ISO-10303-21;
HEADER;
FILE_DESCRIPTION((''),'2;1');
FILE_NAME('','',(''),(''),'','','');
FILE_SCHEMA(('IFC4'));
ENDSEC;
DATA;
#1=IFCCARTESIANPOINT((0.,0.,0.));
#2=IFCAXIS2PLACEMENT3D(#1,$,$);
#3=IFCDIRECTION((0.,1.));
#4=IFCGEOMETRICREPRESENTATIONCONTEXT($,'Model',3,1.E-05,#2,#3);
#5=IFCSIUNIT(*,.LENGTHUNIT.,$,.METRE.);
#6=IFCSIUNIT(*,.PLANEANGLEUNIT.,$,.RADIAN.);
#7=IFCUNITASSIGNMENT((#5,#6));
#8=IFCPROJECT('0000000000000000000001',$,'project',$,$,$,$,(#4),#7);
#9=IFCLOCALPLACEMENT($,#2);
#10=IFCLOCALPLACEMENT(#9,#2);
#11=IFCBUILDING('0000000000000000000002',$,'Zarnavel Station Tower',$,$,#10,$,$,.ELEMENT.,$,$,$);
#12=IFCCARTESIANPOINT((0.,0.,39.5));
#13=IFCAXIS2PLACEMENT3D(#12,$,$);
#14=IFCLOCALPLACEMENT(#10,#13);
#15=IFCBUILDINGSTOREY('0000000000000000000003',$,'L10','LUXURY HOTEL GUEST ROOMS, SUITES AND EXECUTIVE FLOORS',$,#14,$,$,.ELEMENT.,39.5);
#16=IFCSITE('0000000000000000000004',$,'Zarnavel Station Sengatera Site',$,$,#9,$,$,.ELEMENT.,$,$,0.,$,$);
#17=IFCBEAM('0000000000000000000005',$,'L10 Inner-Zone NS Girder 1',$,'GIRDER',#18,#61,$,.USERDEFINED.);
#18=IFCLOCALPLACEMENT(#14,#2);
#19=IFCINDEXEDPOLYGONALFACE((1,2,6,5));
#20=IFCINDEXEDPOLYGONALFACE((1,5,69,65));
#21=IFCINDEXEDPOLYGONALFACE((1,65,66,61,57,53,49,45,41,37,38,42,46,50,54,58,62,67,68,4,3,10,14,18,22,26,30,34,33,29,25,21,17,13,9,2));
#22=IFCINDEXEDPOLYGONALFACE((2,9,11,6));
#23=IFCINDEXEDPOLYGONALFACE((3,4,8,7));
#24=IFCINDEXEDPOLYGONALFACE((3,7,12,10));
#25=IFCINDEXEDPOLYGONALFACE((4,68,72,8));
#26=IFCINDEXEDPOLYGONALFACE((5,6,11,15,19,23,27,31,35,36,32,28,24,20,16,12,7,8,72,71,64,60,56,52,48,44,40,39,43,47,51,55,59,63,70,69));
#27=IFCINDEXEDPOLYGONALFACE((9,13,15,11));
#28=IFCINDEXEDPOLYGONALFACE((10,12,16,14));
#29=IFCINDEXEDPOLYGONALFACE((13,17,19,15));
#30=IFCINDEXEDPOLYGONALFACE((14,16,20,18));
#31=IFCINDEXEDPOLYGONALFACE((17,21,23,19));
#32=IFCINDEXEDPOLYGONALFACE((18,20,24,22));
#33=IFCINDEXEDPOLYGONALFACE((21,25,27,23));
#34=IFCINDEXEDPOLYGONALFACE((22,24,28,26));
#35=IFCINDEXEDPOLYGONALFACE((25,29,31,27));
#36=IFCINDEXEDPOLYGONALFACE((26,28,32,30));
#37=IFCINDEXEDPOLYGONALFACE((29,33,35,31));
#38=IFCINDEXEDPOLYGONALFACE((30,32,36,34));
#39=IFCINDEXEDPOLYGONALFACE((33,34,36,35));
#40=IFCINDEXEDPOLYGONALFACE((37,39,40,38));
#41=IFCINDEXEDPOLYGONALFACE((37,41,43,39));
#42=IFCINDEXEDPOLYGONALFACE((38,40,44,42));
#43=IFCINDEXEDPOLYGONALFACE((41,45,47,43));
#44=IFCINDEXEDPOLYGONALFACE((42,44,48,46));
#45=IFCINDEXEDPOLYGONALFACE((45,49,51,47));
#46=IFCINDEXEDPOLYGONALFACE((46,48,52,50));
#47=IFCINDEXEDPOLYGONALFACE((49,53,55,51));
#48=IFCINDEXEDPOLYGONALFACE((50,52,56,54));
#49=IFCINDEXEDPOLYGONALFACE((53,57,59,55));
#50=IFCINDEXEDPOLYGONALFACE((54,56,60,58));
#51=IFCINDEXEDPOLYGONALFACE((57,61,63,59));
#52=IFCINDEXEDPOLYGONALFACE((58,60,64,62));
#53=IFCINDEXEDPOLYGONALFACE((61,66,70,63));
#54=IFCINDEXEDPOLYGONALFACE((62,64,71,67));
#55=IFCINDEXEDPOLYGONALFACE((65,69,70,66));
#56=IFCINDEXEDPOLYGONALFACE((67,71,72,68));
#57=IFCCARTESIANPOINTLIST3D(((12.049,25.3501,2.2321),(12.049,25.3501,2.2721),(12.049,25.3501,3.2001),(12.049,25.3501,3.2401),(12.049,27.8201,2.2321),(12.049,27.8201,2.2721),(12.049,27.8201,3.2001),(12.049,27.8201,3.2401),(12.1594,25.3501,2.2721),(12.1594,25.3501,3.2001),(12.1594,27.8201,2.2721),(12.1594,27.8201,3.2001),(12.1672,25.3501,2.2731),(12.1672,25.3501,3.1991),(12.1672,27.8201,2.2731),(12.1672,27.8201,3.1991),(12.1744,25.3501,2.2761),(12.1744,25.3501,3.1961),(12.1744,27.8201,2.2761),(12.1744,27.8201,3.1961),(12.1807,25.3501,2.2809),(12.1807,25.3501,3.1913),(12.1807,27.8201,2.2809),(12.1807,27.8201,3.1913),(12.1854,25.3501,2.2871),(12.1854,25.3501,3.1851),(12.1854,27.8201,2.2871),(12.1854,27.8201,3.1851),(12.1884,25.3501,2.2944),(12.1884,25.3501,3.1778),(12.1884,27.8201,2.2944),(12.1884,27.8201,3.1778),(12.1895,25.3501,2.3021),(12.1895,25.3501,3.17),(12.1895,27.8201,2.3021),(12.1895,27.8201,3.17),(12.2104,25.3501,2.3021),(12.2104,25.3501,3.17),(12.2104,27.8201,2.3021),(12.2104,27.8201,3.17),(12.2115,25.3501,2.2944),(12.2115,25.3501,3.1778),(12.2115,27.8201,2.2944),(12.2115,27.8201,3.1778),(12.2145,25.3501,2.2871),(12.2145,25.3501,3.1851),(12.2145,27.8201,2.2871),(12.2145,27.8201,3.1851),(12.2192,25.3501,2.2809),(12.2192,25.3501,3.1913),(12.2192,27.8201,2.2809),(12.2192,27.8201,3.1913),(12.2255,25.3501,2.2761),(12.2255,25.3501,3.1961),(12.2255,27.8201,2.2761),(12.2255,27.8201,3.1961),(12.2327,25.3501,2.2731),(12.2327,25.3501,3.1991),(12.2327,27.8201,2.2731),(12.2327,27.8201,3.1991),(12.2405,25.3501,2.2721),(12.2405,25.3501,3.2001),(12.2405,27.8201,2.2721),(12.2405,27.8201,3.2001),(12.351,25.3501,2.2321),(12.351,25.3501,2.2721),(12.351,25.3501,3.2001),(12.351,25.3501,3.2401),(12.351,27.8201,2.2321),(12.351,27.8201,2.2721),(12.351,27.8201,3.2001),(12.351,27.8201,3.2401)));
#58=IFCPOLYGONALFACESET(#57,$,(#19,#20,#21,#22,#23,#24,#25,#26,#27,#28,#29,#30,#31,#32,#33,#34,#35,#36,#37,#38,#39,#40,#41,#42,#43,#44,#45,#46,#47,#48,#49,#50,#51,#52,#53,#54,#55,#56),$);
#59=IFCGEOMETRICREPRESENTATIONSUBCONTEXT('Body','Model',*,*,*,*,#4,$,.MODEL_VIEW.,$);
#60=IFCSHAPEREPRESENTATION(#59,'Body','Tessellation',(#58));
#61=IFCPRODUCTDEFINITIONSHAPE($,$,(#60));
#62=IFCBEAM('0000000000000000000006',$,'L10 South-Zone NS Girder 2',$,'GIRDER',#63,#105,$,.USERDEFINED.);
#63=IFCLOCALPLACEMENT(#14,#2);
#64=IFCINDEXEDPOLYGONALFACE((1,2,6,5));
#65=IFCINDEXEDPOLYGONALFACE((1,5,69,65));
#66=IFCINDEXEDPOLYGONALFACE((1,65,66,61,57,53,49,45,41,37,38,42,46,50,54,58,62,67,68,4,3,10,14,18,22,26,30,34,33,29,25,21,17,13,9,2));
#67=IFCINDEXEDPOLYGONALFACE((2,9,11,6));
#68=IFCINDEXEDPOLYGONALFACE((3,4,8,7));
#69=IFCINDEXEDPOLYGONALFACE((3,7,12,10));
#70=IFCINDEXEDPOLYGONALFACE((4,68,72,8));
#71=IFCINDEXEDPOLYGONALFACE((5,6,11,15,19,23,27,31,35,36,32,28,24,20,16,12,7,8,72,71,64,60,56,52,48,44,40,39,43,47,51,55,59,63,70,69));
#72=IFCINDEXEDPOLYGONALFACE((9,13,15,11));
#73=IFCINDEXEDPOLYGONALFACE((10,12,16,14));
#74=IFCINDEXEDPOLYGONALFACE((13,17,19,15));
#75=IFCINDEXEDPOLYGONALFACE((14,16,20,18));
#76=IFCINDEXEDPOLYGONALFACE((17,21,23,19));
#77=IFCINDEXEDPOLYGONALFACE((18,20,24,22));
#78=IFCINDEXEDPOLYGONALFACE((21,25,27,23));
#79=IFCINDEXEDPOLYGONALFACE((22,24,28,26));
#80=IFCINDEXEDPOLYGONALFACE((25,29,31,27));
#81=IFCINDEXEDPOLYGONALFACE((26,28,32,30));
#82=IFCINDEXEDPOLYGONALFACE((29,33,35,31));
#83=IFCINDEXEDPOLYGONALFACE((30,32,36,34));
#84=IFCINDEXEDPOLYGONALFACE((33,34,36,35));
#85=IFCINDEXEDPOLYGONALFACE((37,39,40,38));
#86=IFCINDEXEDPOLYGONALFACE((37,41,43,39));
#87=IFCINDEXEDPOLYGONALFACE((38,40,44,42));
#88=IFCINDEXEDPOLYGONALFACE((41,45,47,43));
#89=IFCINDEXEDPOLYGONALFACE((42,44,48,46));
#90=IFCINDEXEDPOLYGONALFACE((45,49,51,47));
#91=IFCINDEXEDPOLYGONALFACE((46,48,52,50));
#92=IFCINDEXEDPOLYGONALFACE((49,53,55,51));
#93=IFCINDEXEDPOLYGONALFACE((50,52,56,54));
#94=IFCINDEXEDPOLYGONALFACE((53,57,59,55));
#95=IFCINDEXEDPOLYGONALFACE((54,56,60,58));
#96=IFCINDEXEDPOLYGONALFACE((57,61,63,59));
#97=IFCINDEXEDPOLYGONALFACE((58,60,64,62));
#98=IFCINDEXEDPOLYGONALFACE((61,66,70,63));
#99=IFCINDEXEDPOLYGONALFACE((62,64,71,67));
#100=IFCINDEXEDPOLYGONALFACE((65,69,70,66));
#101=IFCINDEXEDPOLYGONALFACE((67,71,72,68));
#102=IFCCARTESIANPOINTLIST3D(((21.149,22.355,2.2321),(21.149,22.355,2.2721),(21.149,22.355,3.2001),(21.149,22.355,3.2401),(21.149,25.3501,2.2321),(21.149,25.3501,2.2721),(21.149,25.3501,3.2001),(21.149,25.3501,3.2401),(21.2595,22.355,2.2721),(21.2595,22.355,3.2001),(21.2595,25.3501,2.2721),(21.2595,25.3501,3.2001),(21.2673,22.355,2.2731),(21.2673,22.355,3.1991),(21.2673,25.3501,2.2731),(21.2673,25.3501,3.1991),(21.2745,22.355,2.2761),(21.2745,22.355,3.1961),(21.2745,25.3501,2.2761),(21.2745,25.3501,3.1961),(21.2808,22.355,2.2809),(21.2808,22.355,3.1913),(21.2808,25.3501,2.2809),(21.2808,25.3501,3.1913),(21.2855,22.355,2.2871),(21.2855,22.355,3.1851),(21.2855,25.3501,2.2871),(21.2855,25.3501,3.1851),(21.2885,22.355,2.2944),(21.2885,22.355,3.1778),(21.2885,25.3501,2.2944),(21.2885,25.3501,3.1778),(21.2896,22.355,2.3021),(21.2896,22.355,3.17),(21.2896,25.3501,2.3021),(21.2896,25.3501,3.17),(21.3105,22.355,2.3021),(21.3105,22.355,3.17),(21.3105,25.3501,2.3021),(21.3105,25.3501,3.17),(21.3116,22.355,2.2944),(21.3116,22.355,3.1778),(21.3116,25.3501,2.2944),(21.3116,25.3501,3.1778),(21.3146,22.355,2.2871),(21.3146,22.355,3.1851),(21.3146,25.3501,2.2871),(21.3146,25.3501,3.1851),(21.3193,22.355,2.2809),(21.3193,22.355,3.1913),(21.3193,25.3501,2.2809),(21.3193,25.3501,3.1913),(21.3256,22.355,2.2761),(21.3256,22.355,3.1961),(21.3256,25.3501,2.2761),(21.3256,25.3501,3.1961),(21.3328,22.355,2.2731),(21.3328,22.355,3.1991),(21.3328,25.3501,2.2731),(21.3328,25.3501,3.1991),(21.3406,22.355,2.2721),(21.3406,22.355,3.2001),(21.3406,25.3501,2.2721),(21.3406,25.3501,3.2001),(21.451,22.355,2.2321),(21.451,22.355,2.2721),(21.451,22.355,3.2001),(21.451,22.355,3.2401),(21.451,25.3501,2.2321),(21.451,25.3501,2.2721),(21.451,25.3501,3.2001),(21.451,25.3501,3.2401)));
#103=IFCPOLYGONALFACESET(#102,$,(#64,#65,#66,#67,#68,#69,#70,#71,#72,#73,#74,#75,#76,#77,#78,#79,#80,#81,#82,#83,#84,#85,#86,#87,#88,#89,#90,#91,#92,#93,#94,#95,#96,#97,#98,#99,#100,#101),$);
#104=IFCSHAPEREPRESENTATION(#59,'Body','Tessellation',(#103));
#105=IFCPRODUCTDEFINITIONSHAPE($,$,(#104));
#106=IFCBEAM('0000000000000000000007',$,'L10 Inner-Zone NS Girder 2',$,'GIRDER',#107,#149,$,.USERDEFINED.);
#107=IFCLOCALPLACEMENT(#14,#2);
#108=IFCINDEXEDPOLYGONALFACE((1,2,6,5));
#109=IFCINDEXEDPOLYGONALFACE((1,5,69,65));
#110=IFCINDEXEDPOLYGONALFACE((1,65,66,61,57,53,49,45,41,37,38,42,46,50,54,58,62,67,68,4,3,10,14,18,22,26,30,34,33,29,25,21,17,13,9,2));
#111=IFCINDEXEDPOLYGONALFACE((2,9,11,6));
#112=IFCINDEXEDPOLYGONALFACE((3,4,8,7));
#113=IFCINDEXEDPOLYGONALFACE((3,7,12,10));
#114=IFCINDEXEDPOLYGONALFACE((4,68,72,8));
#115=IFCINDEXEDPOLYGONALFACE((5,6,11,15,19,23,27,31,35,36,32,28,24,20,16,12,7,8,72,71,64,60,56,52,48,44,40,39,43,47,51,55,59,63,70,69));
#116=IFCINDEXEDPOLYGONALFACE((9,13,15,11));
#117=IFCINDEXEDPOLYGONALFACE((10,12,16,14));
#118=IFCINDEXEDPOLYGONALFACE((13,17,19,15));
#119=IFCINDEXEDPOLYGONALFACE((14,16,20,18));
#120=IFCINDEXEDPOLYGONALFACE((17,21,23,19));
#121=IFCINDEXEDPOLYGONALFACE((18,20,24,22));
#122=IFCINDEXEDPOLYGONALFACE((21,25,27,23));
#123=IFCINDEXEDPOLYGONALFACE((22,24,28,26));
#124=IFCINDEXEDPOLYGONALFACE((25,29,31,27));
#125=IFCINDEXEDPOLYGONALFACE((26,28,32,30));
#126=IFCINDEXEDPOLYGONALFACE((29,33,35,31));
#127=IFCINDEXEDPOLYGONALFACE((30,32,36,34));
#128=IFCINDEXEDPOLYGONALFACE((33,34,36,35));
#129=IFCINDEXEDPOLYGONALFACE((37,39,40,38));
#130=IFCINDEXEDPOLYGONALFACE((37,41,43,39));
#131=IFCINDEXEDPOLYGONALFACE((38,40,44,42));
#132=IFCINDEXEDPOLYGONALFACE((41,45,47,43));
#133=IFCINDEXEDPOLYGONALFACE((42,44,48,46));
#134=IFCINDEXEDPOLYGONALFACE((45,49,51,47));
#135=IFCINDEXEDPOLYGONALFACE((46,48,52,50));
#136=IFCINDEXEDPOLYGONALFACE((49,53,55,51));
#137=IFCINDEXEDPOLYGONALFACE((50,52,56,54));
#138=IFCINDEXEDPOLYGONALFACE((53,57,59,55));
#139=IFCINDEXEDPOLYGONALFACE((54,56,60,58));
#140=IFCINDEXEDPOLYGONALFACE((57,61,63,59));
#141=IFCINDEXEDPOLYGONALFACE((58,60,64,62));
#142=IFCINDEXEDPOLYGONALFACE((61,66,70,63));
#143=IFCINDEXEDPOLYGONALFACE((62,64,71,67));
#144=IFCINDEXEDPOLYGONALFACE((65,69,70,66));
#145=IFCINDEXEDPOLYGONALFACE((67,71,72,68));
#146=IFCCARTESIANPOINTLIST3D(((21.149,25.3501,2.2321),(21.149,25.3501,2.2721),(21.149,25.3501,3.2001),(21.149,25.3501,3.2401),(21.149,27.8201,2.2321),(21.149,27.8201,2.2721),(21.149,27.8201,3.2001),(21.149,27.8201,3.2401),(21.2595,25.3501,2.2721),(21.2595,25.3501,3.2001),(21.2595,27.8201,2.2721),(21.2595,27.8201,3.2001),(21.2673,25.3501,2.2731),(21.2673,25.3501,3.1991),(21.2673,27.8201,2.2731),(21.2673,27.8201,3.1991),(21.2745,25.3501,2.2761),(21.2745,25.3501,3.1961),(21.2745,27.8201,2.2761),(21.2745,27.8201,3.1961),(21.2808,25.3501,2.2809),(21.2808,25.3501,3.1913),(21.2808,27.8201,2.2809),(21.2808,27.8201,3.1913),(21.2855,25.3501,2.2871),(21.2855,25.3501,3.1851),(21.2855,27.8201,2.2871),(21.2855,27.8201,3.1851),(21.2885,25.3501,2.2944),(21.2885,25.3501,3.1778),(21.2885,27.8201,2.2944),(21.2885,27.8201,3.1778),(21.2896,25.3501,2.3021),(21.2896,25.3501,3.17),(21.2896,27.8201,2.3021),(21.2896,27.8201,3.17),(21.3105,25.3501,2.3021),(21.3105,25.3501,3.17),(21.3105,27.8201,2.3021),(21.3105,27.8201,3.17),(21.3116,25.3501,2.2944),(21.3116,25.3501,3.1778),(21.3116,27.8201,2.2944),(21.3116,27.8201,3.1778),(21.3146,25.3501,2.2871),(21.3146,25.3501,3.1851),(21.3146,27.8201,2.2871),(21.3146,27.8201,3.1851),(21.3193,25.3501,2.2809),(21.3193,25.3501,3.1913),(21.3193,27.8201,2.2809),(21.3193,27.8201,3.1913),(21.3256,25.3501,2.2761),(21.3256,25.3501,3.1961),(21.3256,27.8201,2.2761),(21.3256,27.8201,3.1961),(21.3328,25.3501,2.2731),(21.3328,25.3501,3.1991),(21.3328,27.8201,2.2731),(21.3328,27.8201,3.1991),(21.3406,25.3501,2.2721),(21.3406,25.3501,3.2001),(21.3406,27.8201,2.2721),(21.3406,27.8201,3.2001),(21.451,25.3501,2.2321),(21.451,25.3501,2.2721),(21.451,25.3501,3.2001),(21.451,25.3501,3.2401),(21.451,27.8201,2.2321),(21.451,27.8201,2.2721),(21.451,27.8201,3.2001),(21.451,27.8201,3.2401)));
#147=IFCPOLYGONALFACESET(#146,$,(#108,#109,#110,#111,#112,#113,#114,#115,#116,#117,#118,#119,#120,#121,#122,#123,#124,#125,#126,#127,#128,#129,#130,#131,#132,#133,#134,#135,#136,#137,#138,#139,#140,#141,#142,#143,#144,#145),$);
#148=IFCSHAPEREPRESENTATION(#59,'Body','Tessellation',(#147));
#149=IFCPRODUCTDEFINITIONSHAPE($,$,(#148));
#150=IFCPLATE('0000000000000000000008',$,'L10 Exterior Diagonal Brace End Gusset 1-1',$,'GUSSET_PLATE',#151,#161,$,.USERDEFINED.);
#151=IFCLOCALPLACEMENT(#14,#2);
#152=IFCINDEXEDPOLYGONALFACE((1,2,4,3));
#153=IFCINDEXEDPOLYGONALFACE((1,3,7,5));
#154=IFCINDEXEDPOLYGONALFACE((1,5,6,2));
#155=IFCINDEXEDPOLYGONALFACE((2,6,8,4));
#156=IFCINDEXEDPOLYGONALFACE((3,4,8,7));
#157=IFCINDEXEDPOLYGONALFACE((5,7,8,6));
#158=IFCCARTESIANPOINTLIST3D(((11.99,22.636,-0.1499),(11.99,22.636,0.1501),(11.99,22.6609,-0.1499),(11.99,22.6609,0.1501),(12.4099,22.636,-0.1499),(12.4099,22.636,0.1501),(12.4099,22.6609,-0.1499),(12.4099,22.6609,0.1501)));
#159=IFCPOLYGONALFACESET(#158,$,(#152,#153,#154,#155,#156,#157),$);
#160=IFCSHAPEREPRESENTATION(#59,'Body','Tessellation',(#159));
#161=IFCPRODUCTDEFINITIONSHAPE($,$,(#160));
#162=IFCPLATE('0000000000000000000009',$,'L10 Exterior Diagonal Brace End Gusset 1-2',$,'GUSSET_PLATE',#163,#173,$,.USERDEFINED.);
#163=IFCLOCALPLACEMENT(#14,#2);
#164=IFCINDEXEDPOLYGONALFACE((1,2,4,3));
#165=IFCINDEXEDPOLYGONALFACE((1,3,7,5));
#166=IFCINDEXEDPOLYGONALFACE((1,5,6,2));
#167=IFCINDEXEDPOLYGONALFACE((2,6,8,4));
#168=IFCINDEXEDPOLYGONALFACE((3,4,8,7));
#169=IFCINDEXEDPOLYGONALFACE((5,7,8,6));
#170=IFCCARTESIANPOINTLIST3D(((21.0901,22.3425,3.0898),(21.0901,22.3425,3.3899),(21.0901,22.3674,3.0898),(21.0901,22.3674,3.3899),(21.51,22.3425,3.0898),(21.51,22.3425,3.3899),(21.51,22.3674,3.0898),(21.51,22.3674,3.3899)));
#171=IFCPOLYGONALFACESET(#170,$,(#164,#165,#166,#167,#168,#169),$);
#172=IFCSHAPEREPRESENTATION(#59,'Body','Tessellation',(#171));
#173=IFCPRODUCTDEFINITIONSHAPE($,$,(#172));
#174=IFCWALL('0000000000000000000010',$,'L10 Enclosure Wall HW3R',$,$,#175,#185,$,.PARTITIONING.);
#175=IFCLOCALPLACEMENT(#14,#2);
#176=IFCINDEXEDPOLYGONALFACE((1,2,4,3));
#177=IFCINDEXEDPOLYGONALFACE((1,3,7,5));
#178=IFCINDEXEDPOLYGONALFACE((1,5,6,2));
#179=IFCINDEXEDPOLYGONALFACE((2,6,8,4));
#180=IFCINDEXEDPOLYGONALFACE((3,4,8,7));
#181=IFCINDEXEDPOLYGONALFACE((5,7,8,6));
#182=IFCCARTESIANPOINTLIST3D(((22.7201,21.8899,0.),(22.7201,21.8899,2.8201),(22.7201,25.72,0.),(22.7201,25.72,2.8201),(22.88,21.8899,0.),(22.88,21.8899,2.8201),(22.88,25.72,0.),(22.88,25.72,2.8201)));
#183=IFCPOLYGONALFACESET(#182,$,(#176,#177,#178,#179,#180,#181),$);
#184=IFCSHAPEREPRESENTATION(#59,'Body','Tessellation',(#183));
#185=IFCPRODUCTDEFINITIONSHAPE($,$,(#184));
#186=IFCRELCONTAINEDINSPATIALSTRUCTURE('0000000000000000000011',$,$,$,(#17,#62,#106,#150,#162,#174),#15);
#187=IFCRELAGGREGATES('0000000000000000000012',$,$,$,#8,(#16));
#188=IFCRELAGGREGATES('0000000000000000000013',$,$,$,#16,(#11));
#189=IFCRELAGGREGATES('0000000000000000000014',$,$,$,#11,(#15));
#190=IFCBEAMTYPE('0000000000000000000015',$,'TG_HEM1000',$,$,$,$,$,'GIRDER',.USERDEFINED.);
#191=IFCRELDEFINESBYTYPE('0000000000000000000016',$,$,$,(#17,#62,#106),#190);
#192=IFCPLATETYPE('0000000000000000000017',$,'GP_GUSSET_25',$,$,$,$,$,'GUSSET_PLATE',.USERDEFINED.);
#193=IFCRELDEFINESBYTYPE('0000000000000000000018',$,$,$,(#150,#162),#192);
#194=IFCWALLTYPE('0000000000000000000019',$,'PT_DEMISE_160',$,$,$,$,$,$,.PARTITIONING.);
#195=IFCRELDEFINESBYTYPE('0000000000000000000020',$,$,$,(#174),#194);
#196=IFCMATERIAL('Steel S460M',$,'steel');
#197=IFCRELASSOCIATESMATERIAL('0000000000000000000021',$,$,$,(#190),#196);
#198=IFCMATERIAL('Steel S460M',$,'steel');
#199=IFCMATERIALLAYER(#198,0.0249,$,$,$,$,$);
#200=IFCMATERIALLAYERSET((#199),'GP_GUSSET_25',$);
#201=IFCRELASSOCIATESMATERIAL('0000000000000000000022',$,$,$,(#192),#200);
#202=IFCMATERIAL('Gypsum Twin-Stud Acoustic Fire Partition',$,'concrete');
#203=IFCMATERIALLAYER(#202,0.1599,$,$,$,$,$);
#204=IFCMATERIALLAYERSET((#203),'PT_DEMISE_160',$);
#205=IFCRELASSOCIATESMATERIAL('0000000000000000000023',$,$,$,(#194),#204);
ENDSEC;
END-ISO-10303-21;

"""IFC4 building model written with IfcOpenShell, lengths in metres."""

from ifc_helpers import new_model, si_unit, direction, frame, frame_2d, origin, origin_2d, place, context, subcontext, project, spatial, rectangle, i_section, extrude, material, layer, layer_set, material_profile, profile_set, type_object, element, save


model = new_model("IFC4")

# Units and contexts
model_context = context("Model", 3, precision=1e-05, world=origin(), true_north=direction((0.0, 1.0)))
body_context = subcontext(model_context, "Body", "Model", "MODEL_VIEW")
ifc_project = project(units=[si_unit("LENGTHUNIT", "METRE"), si_unit("PLANEANGLEUNIT", "RADIAN")], contexts=[model_context])

# Site, building, storey
site_placement = place(None, origin())
site = spatial("IfcSite", under=ifc_project, at=site_placement, Name="Zarnavel Station Sengatera Site", CompositionType="ELEMENT", RefElevation=0.0)
building_placement = place(site_placement, origin())
building = spatial("IfcBuilding", under=site, at=building_placement, Name="Zarnavel Station Tower", CompositionType="ELEMENT")
storey_placement = place(building_placement, frame((0.0, 0.0, 39.5)))
storey = spatial("IfcBuildingStorey", under=building, at=storey_placement, Name="L10", Description="LUXURY HOTEL GUEST ROOMS, SUITES AND EXECUTIVE FLOORS", CompositionType="ELEMENT", Elevation=39.5)

# Beams
ifc_material_1 = material(Name="Steel S460M", Category="steel")
ifc_material_profile_1 = material_profile(ifc_material_1, i_section(OverallWidth=0.302, OverallDepth=1.0081, WebThickness=0.021, FlangeThickness=0.04, FilletRadius=0.03, at=origin_2d()), Name="HEM1000")
ifc_profile_set_1 = profile_set([ifc_material_profile_1], Name="Steel S460M")
beam_type_1 = type_object("IfcBeamType", Name="TG_HEM1000", ElementType="GIRDER", PredefinedType="USERDEFINED", material=ifc_profile_set_1)
beam_1_placement = place(storey_placement, frame((12.2, 25.3501, 2.7361), z_axis=(0.0, 1.0, 0.0), x_axis=(-1.0, 0.0, 0.0)))
element("IfcBeam", 1, at=beam_1_placement, inside=storey, type_object=beam_type_1, Name="L10 Inner-Zone NS Girder 1", ObjectType="GIRDER", PredefinedType="USERDEFINED", context=body_context, shape_type="SweptSolid", body=[
    extrude(i_section(OverallWidth=0.302, OverallDepth=1.0081, WebThickness=0.021, FlangeThickness=0.04, FilletRadius=0.03, at=origin_2d()), origin(), (0.0, 0.0, 1.0), 2.47),
])
beam_2_placement = place(storey_placement, frame((21.3, 22.355, 2.7361), z_axis=(0.0, 1.0, 0.0), x_axis=(-1.0, 0.0, 0.0)))
element("IfcBeam", 2, at=beam_2_placement, inside=storey, type_object=beam_type_1, Name="L10 South-Zone NS Girder 2", ObjectType="GIRDER", PredefinedType="USERDEFINED", context=body_context, shape_type="SweptSolid", body=[
    extrude(i_section(OverallWidth=0.302, OverallDepth=1.0081, WebThickness=0.021, FlangeThickness=0.04, FilletRadius=0.03, at=origin_2d()), origin(), (0.0, 0.0, 1.0), 2.9951),
])
beam_3_placement = place(storey_placement, frame((21.3, 25.3501, 2.7361), z_axis=(0.0, 1.0, 0.0), x_axis=(-1.0, 0.0, 0.0)))
element("IfcBeam", 3, at=beam_3_placement, inside=storey, type_object=beam_type_1, Name="L10 Inner-Zone NS Girder 2", ObjectType="GIRDER", PredefinedType="USERDEFINED", context=body_context, shape_type="SweptSolid", body=[
    extrude(i_section(OverallWidth=0.302, OverallDepth=1.0081, WebThickness=0.021, FlangeThickness=0.04, FilletRadius=0.03, at=origin_2d()), origin(), (0.0, 0.0, 1.0), 2.47),
])

# Plates
ifc_material_2 = material(Name="Steel S460M", Category="steel")
ifc_layer_1 = layer(ifc_material_2, 0.0249)
ifc_layer_set_1 = layer_set([ifc_layer_1], Name="GP_GUSSET_25")
plate_type = type_object("IfcPlateType", Name="GP_GUSSET_25", ElementType="GUSSET_PLATE", PredefinedType="USERDEFINED", material=ifc_layer_set_1)
for number, where, z_axis, x_axis, name in (
    (4, (12.2, 22.6484, -0.1499), (0.0, 0.0, 1.0), (1.0, 0.0, 0.0), "L10 Exterior Diagonal Brace End Gusset 1-1"),
    (5, (21.3, 22.355, 3.0898), (0.0, 0.0, 1.0), (1.0, 0.0, 0.0), "L10 Exterior Diagonal Brace End Gusset 1-2"),
):
    element("IfcPlate", number, at=place(storey_placement, frame(where, z_axis=z_axis, x_axis=x_axis)), inside=storey, type_object=plate_type, Name=name, ObjectType="GUSSET_PLATE", PredefinedType="USERDEFINED", context=body_context, shape_type="SweptSolid", body=[
        extrude(rectangle(XDim=0.4199, YDim=0.0249, at=origin_2d()), origin(), (0.0, 0.0, 1.0), 0.3),
    ])

# Wall
ifc_material_3 = material(Name="Gypsum Twin-Stud Acoustic Fire Partition", Category="concrete")
ifc_layer_2 = layer(ifc_material_3, 0.1599)
ifc_layer_set_2 = layer_set([ifc_layer_2], Name="PT_DEMISE_160")
wall_type_1 = type_object("IfcWallType", Name="PT_DEMISE_160", PredefinedType="PARTITIONING", material=ifc_layer_set_2)
wall_1_placement = place(storey_placement, frame((22.8, 21.8899, 0.0), z_axis=(0.0, 0.0, 1.0), x_axis=(0.0, 1.0, 0.0)))
element("IfcWall", 6, at=wall_1_placement, inside=storey, type_object=wall_type_1, Name="L10 Enclosure Wall HW3R", PredefinedType="PARTITIONING", context=body_context, shape_type="SweptSolid", body=[
    extrude(rectangle(XDim=3.8301, YDim=0.1599, at=frame_2d((1.915, 0.0))), origin(), (0.0, 0.0, 1.0), 2.8201),
])

save(model, "model.ifc")
